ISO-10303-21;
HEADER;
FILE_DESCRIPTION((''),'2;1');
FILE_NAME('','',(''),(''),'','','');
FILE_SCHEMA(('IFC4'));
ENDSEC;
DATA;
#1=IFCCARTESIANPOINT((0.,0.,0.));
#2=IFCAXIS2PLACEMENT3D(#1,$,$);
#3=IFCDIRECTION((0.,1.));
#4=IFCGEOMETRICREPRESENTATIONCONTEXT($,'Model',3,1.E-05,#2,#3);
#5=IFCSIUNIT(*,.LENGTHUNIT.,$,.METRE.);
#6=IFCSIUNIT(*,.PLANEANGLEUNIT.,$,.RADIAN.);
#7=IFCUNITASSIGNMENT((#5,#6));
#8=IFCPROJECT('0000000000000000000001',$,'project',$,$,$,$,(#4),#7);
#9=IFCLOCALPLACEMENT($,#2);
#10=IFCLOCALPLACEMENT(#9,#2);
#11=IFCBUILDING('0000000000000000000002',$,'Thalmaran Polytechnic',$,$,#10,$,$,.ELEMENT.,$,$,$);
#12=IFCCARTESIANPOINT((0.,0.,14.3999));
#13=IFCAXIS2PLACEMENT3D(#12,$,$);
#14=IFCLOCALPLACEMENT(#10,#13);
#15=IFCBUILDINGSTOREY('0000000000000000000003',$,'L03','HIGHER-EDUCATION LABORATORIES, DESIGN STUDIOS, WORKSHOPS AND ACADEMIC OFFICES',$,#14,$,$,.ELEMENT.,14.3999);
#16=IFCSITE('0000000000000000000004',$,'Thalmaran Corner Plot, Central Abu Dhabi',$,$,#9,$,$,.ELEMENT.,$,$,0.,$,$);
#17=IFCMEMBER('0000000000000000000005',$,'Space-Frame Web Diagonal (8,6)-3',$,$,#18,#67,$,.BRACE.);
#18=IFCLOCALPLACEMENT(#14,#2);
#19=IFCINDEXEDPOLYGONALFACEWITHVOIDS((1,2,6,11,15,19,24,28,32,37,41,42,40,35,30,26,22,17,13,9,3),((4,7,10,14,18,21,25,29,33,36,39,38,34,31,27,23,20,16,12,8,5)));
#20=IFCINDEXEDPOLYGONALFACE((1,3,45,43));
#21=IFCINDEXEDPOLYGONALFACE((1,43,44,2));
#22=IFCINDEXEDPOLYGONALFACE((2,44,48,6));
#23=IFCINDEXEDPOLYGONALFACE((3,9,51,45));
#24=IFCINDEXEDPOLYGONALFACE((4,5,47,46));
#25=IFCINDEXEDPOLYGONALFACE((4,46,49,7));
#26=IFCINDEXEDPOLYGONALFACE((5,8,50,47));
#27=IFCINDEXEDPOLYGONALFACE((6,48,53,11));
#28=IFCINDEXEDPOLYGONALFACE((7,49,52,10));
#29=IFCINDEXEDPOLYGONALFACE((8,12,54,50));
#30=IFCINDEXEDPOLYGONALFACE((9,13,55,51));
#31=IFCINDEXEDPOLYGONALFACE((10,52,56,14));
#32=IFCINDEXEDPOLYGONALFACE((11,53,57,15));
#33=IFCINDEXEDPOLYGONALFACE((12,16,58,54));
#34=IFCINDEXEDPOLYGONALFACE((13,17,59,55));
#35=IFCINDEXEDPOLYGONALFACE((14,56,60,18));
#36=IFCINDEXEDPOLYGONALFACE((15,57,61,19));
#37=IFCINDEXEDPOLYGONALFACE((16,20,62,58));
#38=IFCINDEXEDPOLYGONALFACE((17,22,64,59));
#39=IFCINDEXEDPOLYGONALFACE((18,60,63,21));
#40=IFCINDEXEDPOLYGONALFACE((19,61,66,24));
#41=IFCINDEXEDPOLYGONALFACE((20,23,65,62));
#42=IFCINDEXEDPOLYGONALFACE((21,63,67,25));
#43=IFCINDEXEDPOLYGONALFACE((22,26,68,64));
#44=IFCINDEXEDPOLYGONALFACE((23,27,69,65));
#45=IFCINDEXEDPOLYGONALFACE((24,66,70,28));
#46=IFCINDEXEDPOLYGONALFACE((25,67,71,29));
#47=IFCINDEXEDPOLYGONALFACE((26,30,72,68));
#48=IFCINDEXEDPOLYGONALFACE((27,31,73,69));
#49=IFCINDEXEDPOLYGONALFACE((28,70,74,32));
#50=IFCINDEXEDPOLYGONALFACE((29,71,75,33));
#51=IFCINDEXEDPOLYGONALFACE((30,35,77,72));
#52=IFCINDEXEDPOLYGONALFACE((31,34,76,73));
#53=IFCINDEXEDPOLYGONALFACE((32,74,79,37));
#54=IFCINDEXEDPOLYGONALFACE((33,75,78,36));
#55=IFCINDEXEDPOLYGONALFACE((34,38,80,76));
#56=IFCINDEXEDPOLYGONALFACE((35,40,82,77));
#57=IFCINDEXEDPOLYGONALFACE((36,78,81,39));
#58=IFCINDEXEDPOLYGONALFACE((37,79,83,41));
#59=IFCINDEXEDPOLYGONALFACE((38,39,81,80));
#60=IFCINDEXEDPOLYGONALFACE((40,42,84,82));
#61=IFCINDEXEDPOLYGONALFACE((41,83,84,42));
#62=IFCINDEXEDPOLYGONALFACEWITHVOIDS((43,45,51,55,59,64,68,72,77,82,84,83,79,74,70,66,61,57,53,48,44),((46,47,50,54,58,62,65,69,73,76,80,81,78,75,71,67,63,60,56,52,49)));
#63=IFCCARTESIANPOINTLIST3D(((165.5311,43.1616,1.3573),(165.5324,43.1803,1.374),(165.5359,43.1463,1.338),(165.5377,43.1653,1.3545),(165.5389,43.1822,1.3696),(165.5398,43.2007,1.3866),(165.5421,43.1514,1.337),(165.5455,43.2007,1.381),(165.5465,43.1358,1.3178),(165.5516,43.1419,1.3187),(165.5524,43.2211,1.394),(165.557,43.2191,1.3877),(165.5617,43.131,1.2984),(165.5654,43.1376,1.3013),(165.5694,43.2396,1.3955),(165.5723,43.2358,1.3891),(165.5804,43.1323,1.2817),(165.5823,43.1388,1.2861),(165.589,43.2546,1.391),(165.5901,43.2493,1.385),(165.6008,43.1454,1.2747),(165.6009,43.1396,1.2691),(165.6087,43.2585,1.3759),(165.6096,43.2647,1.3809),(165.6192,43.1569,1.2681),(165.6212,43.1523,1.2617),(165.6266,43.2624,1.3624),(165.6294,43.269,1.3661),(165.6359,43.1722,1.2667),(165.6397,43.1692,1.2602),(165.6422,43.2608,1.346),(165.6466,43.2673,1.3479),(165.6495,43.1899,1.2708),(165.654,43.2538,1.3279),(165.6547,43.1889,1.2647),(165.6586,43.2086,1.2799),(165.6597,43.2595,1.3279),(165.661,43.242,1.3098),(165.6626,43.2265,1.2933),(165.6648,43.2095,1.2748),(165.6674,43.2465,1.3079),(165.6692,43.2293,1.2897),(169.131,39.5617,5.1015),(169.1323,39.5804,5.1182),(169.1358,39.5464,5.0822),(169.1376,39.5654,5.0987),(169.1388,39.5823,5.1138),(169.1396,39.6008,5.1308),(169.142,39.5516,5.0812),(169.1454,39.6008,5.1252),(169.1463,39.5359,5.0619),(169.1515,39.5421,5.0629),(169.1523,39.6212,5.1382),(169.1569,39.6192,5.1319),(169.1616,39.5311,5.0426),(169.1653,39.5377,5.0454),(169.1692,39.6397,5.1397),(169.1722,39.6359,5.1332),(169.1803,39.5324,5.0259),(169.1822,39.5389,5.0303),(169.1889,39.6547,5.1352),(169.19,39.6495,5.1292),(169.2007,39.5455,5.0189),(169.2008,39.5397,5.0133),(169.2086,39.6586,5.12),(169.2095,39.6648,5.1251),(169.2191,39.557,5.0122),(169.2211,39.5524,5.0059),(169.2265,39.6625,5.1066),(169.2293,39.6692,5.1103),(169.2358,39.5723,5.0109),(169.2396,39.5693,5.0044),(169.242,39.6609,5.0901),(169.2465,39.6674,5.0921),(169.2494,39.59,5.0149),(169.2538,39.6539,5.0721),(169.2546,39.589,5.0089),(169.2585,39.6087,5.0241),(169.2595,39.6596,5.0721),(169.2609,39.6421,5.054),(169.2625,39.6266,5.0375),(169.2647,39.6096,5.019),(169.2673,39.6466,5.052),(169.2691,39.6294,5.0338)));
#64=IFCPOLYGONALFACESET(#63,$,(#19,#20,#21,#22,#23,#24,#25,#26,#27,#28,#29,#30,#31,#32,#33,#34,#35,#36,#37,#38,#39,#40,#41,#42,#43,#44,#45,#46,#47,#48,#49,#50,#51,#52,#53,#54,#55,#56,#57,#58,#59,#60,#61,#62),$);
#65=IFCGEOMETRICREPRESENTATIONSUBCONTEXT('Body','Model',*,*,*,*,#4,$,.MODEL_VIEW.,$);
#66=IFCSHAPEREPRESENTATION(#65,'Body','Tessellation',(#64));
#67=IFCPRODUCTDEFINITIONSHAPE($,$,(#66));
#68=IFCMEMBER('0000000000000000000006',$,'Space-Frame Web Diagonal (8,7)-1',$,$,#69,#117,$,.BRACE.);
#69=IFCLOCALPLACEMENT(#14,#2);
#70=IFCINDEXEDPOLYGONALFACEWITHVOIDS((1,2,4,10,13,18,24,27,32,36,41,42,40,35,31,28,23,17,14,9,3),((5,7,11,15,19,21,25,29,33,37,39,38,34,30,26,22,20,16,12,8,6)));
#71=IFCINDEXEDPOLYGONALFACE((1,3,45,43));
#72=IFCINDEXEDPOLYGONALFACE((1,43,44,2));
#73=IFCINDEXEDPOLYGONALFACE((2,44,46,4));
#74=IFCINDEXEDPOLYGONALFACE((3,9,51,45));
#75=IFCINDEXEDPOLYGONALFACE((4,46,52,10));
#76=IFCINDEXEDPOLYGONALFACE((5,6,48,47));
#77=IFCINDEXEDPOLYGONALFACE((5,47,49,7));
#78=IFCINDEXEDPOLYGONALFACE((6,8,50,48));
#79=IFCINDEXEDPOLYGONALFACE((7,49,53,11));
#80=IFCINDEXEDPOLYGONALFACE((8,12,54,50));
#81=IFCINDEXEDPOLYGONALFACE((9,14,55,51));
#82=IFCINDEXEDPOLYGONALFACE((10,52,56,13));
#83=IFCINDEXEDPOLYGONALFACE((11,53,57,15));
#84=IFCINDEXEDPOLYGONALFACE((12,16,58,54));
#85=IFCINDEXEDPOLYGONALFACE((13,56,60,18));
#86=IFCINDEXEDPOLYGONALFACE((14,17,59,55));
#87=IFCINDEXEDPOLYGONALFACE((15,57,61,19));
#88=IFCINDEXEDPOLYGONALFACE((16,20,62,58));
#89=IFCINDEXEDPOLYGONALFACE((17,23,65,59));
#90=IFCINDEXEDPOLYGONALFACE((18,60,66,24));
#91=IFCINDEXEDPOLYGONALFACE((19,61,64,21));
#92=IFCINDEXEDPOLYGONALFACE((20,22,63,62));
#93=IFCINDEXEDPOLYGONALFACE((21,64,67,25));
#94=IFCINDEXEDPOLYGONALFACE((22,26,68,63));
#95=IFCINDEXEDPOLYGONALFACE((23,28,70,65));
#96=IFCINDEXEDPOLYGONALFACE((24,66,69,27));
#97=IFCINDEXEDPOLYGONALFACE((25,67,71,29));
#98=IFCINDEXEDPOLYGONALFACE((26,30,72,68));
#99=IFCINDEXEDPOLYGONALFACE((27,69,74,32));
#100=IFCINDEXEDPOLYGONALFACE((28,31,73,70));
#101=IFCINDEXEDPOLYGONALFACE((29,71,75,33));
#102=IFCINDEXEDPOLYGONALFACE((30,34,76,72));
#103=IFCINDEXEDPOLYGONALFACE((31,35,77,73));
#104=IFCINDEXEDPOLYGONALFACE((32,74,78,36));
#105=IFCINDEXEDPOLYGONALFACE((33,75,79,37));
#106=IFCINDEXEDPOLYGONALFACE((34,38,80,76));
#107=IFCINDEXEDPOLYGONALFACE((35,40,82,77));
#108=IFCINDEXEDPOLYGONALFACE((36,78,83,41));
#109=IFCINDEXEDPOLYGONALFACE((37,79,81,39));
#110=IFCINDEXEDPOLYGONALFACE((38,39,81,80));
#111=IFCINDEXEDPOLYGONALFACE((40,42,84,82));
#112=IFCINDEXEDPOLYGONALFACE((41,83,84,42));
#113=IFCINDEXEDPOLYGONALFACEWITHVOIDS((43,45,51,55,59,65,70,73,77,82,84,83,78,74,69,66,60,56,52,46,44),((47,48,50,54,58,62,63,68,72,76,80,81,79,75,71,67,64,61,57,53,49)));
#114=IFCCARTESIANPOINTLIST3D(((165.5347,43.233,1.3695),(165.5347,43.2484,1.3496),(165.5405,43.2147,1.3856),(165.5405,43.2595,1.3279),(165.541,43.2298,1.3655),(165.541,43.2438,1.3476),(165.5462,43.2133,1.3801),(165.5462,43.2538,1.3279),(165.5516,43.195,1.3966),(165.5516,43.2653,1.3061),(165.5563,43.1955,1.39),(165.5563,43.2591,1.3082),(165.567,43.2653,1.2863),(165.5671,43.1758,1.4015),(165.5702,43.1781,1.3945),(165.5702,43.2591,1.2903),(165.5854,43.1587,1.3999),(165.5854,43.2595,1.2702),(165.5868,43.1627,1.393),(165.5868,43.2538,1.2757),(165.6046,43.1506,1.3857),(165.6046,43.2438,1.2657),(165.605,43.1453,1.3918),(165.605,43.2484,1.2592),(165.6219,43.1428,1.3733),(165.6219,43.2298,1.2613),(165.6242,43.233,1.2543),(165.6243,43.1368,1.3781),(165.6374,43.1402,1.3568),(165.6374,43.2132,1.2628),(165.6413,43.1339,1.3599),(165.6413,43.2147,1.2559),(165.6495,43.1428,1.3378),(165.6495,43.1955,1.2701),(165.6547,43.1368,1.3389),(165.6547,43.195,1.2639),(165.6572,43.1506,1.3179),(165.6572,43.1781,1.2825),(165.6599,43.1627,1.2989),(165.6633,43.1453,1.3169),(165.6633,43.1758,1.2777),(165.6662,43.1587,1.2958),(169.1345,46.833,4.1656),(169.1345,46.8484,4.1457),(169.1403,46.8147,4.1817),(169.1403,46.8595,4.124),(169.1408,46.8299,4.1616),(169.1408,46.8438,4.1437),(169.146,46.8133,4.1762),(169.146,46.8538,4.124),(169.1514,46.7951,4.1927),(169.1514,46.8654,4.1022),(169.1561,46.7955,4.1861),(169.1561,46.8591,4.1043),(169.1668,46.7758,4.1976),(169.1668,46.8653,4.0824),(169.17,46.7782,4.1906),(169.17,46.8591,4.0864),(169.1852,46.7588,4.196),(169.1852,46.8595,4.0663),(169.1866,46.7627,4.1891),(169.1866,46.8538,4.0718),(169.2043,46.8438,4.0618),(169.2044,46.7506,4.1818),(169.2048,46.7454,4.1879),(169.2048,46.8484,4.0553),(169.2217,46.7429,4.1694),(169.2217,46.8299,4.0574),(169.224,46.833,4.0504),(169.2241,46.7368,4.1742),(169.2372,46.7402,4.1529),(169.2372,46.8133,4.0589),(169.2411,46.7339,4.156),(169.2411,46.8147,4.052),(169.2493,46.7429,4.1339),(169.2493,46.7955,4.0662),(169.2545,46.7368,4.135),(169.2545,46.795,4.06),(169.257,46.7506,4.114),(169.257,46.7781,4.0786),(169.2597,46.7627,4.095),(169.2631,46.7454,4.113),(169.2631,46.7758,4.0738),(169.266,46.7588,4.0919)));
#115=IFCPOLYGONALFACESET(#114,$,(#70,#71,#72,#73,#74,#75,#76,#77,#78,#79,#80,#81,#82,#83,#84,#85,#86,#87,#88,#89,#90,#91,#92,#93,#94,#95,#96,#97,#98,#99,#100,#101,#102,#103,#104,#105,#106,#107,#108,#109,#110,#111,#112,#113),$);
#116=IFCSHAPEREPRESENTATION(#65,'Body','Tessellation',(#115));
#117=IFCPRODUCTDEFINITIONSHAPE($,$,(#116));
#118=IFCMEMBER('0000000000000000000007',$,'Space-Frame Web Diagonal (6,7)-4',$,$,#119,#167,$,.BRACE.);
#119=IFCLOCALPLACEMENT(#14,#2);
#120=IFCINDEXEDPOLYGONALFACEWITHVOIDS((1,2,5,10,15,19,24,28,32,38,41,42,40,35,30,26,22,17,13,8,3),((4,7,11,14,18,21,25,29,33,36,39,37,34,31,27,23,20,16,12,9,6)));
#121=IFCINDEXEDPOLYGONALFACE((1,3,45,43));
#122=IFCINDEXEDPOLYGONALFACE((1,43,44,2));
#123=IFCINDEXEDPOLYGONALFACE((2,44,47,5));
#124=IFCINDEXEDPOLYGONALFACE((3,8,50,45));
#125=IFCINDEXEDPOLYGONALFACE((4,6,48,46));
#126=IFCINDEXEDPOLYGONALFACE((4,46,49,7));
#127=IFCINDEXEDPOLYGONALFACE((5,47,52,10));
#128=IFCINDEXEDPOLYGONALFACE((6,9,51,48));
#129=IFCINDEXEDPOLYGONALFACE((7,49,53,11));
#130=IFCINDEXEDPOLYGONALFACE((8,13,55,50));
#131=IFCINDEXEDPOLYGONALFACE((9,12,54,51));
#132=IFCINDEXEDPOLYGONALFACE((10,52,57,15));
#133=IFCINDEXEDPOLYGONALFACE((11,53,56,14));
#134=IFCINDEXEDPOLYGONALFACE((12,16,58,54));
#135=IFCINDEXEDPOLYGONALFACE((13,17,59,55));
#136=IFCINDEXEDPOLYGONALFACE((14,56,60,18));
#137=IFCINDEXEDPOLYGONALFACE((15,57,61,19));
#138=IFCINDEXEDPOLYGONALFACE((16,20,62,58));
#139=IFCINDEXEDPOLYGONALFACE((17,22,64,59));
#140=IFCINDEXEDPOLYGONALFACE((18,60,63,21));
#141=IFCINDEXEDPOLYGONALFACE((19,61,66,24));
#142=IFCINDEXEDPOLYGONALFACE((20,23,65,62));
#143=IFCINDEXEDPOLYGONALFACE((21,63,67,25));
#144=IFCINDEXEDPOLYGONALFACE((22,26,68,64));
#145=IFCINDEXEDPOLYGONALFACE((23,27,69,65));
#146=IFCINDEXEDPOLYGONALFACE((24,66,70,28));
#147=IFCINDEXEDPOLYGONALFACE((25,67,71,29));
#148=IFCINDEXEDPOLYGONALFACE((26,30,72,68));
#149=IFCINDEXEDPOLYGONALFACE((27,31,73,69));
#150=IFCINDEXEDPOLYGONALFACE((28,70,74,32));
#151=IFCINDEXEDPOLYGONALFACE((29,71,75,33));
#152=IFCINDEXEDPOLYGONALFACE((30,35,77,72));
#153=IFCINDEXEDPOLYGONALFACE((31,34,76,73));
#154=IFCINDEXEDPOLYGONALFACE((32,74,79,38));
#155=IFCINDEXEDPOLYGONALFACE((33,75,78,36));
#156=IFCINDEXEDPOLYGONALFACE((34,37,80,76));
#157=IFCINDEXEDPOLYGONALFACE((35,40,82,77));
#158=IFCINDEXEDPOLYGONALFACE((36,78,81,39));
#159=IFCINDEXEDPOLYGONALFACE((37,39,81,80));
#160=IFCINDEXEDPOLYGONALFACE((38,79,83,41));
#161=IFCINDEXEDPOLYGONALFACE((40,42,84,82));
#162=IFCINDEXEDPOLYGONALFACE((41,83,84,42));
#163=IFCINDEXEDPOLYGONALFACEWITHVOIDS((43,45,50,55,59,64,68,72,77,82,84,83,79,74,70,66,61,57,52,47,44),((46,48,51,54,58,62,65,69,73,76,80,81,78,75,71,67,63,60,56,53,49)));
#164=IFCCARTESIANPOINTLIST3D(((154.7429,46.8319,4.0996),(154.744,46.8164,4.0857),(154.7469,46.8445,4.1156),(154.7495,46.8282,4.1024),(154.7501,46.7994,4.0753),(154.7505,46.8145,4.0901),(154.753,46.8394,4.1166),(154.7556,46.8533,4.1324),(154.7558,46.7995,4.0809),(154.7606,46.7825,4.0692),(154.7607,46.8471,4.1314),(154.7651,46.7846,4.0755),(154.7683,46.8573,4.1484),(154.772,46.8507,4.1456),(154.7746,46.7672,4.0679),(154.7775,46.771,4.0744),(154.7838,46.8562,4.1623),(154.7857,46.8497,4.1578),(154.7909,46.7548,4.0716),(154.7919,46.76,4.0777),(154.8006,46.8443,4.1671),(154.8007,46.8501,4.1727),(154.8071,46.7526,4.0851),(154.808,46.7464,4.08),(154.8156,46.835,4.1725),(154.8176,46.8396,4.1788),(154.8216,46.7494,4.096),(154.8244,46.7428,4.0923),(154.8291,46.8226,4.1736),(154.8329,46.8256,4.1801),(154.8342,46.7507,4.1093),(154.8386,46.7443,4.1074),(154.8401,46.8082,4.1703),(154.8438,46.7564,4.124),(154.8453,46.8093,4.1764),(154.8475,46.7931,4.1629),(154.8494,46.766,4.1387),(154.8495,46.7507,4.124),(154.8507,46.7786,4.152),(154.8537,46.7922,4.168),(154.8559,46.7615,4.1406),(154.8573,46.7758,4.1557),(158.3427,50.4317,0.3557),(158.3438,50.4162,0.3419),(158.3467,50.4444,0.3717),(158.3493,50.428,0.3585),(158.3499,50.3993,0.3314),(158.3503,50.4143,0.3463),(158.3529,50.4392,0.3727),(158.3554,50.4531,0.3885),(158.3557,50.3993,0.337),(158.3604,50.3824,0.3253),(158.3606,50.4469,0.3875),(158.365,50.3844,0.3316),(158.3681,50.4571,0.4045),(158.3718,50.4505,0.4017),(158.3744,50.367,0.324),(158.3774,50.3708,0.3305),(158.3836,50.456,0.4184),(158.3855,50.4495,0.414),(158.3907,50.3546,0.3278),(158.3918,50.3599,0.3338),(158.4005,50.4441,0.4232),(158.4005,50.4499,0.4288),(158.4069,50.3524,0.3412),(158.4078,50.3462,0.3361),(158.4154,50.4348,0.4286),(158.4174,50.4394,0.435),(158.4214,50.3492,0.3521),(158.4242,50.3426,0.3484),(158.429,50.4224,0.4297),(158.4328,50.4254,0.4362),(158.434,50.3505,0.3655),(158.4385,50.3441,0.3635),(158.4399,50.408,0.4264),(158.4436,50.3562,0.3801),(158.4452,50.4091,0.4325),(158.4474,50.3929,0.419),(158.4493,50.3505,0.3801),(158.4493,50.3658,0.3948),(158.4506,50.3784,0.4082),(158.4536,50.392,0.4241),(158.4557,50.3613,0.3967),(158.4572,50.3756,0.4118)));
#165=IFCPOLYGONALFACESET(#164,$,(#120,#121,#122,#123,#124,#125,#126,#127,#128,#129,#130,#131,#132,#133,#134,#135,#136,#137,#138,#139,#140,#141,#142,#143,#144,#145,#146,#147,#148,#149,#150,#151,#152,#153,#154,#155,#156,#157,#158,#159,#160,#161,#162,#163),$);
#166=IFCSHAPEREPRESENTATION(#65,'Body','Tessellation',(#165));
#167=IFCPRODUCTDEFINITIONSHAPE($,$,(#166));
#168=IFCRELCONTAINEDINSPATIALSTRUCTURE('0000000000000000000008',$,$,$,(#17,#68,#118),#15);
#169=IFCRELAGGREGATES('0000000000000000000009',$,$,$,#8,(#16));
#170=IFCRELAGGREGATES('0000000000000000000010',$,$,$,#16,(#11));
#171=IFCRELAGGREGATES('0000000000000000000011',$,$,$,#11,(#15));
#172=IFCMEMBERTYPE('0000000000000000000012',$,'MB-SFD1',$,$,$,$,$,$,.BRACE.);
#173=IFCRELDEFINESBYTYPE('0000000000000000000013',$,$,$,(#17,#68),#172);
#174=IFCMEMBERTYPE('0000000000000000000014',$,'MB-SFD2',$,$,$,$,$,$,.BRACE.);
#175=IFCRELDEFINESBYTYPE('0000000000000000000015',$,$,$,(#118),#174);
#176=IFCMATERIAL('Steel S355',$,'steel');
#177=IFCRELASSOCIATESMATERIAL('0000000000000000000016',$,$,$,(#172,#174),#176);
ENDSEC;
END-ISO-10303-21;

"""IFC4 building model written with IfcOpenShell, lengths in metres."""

from ifc_helpers import new_model, si_unit, direction, frame, origin, origin_2d, place, context, subcontext, project, spatial, hollow_circle, extrude, material, material_profile, profile_set, type_object, element, save


model = new_model("IFC4")

# Units and contexts
model_context = context("Model", 3, precision=1e-05, world=origin(), true_north=direction((0.0, 1.0)))
body_context = subcontext(model_context, "Body", "Model", "MODEL_VIEW")
ifc_project = project(units=[si_unit("LENGTHUNIT", "METRE"), si_unit("PLANEANGLEUNIT", "RADIAN")], contexts=[model_context])

# Site, building, storey
site_placement = place(None, origin())
site = spatial("IfcSite", under=ifc_project, at=site_placement, Name="Thalmaran Corner Plot, Central Abu Dhabi", CompositionType="ELEMENT", RefElevation=0.0)
building_placement = place(site_placement, origin())
building = spatial("IfcBuilding", under=site, at=building_placement, Name="Thalmaran Polytechnic", CompositionType="ELEMENT")
storey_placement = place(building_placement, frame((0.0, 0.0, 14.3999)))
storey = spatial("IfcBuildingStorey", under=building, at=storey_placement, Name="L03", Description="HIGHER-EDUCATION LABORATORIES, DESIGN STUDIOS, WORKSHOPS AND ACADEMIC OFFICES", CompositionType="ELEMENT", Elevation=14.3999)

# Shared definitions
ifc_material_1 = material(Name="Steel S355", Category="steel")

# Members
ifc_material_profile_1 = material_profile(ifc_material_1, hollow_circle(Radius=0.0842, WallThickness=0.0081, at=origin_2d()), Name="CHS 168.3x8.0")
ifc_profile_set_1 = profile_set([ifc_material_profile_1], Name="Steel S355")
member_type_1 = type_object("IfcMemberType", Name="MB-SFD1", PredefinedType="BRACE", material=ifc_profile_set_1)
member_1_placement = place(storey_placement, frame((165.6001, 43.2, 1.3279), z_axis=(0.569639, -0.569639, 0.592471), x_axis=(0.707107, 0.707107, 0.0)))
element("IfcMember", 1, at=member_1_placement, inside=storey, type_object=member_type_1, Name="Space-Frame Web Diagonal (8,6)-3", PredefinedType="BRACE", context=body_context, shape_type="SweptSolid", body=[
    extrude(hollow_circle(Radius=0.0842, WallThickness=0.0081, at=origin_2d()), origin(), (0.0, 0.0, 1.0), 6.3196),
])
member_2_placement = place(storey_placement, frame((165.6001, 43.2, 1.3279), z_axis=(0.619762, 0.619804, 0.481392), x_axis=(-0.707131, 0.707083, 0.0)))
element("IfcMember", 2, at=member_2_placement, inside=storey, type_object=member_type_1, Name="Space-Frame Web Diagonal (8,7)-1", PredefinedType="BRACE", context=body_context, shape_type="SweptSolid", body=[
    extrude(hollow_circle(Radius=0.0842, WallThickness=0.0081, at=origin_2d()), origin(), (0.0, 0.0, 1.0), 5.8083),
])
ifc_material_profile_2 = material_profile(ifc_material_1, hollow_circle(Radius=0.0698, WallThickness=0.0081, at=origin_2d()), Name="CHS 139.7x8.0")
ifc_profile_set_2 = profile_set([ifc_material_profile_2], Name="Steel S355")
member_type_2 = type_object("IfcMemberType", Name="MB-SFD2", PredefinedType="BRACE", material=ifc_profile_set_2)
member_3_placement = place(storey_placement, frame((158.3999, 50.3999, 0.3801), z_axis=(-0.569652, -0.569652, 0.592446), x_axis=(0.707107, -0.707107, 0.0)))
element("IfcMember", 3, at=member_3_placement, inside=storey, type_object=member_type_2, Name="Space-Frame Web Diagonal (6,7)-4", PredefinedType="BRACE", context=body_context, shape_type="SweptSolid", body=[
    extrude(hollow_circle(Radius=0.0698, WallThickness=0.0081, at=origin_2d()), origin(), (0.0, 0.0, 1.0), 6.3193),
])

save(model, "model.ifc")
